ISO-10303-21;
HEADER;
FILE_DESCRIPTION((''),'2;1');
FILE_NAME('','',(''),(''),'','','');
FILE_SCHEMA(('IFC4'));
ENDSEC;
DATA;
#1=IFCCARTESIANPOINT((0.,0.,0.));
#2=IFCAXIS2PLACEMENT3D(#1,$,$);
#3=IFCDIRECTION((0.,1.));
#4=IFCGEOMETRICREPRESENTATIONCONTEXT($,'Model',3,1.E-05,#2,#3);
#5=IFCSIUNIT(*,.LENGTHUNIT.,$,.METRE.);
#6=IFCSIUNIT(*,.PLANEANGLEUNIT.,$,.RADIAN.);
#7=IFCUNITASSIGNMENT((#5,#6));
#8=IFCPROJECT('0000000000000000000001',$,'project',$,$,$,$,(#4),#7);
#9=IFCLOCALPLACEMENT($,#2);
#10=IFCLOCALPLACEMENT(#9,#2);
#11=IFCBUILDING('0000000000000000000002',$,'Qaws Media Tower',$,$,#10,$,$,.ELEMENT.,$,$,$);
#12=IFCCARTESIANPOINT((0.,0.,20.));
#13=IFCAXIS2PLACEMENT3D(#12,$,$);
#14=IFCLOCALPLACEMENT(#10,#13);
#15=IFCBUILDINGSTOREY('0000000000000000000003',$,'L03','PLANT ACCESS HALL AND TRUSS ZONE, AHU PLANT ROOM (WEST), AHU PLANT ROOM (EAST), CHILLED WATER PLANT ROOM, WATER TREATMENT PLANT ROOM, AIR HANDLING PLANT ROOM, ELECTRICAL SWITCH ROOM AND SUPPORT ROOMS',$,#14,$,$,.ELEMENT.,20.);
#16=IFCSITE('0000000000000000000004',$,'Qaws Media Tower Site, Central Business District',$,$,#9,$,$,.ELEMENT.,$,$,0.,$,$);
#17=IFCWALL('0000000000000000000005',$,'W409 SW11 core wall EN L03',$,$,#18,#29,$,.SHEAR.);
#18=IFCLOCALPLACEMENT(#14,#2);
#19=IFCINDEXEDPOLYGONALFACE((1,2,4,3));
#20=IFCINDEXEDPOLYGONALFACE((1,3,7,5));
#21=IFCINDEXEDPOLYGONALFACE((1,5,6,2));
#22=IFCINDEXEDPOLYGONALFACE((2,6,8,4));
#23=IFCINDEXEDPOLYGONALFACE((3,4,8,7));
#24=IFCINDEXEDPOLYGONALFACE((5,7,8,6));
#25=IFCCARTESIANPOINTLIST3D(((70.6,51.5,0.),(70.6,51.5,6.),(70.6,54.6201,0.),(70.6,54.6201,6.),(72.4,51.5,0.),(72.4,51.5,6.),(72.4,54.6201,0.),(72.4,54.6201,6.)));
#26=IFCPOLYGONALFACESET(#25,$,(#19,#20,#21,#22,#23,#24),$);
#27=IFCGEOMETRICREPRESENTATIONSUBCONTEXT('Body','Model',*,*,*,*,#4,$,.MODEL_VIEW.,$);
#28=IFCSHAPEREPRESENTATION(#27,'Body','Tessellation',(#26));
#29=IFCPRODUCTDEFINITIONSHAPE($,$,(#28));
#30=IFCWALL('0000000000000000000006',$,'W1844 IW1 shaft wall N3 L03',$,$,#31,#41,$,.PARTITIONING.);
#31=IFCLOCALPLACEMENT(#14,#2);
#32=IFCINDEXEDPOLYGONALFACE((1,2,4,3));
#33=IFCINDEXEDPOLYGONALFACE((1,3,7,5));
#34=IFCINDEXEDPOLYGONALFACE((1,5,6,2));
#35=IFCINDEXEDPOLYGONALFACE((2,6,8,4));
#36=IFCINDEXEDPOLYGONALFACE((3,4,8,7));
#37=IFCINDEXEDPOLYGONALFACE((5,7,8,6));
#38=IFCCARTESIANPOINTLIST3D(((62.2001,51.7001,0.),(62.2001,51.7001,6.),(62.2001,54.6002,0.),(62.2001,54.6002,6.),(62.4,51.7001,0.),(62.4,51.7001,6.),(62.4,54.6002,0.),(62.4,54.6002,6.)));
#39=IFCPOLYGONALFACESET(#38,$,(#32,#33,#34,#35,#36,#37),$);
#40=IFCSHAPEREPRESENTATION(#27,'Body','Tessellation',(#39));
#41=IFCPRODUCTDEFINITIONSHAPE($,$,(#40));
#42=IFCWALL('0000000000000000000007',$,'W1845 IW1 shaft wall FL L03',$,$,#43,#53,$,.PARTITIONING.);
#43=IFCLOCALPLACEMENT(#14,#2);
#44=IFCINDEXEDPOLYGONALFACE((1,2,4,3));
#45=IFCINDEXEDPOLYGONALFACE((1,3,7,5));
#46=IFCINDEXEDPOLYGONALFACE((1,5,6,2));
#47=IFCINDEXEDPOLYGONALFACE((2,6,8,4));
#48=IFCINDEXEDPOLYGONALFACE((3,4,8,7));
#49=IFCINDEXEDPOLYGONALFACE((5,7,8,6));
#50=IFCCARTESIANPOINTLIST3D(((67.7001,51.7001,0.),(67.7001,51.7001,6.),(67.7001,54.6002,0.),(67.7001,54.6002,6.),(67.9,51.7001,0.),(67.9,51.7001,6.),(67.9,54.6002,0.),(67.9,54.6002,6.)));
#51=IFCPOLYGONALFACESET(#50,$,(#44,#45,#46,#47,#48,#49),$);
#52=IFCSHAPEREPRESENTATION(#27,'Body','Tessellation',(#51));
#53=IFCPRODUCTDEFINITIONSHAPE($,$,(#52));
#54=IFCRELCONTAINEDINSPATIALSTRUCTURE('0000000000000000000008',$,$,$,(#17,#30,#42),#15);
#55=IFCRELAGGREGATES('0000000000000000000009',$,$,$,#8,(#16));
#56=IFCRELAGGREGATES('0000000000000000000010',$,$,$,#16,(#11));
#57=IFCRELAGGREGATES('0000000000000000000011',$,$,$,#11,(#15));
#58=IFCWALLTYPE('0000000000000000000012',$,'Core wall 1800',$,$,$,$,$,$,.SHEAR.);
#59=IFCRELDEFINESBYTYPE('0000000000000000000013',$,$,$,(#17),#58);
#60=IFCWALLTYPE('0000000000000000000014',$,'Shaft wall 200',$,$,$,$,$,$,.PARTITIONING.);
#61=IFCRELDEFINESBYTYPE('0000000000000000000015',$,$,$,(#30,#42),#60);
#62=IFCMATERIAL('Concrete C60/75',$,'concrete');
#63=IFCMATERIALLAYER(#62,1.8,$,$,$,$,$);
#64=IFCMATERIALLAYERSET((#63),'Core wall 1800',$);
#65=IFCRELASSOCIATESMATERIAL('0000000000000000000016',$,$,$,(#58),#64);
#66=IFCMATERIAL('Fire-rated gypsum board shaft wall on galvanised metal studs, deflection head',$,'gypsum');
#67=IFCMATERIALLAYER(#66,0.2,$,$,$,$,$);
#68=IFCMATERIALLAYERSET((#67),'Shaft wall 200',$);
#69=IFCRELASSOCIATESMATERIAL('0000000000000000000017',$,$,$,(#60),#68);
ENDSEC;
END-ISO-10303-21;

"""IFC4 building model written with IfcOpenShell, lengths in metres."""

from ifc_helpers import new_model, si_unit, direction, frame, frame_2d, origin, place, context, subcontext, project, spatial, rectangle, extrude, material, layer, layer_set, type_object, element, save


model = new_model("IFC4")

# Units and contexts
model_context = context("Model", 3, precision=1e-05, world=origin(), true_north=direction((0.0, 1.0)))
body_context = subcontext(model_context, "Body", "Model", "MODEL_VIEW")
ifc_project = project(units=[si_unit("LENGTHUNIT", "METRE"), si_unit("PLANEANGLEUNIT", "RADIAN")], contexts=[model_context])

# Site, building, storey
site_placement = place(None, origin())
site = spatial("IfcSite", under=ifc_project, at=site_placement, Name="Qaws Media Tower Site, Central Business District", CompositionType="ELEMENT", RefElevation=0.0)
building_placement = place(site_placement, origin())
building = spatial("IfcBuilding", under=site, at=building_placement, Name="Qaws Media Tower", CompositionType="ELEMENT")
storey_placement = place(building_placement, frame((0.0, 0.0, 20.0)))
storey = spatial("IfcBuildingStorey", under=building, at=storey_placement, Name="L03", Description="PLANT ACCESS HALL AND TRUSS ZONE, AHU PLANT ROOM (WEST), AHU PLANT ROOM (EAST), CHILLED WATER PLANT ROOM, WATER TREATMENT PLANT ROOM, AIR HANDLING PLANT ROOM, ELECTRICAL SWITCH ROOM AND SUPPORT ROOMS", CompositionType="ELEMENT", Elevation=20.0)

# Walls
ifc_material_1 = material(Name="Concrete C60/75", Category="concrete")
ifc_layer_1 = layer(ifc_material_1, 1.8)
ifc_layer_set_1 = layer_set([ifc_layer_1], Name="Core wall 1800")
wall_type_1 = type_object("IfcWallType", Name="Core wall 1800", PredefinedType="SHEAR", material=ifc_layer_set_1)
wall_1_placement = place(storey_placement, frame((71.5, 51.5, 0.0), z_axis=(0.0, 0.0, 1.0), x_axis=(0.0, 1.0, 0.0)))
element("IfcWall", 1, at=wall_1_placement, inside=storey, type_object=wall_type_1, Name="W409 SW11 core wall EN L03", PredefinedType="SHEAR", context=body_context, shape_type="SweptSolid", body=[
    extrude(rectangle(XDim=3.1201, YDim=1.8, at=frame_2d((1.5601, 0.0))), origin(), (0.0, 0.0, 1.0), 6.0),
])
ifc_material_2 = material(Name="Fire-rated gypsum board shaft wall on galvanised metal studs, deflection head", Category="gypsum")
ifc_layer_2 = layer(ifc_material_2, 0.2)
ifc_layer_set_2 = layer_set([ifc_layer_2], Name="Shaft wall 200")
wall_type_2 = type_object("IfcWallType", Name="Shaft wall 200", PredefinedType="PARTITIONING", material=ifc_layer_set_2)
for number, where, z_axis, x_axis, name in (
    (2, (62.3, 51.7, 0.0), (0.0, 0.0, 1.0), (0.0, 1.0, 0.0), "W1844 IW1 shaft wall N3 L03"),
    (3, (67.8, 51.7, 0.0), (0.0, 0.0, 1.0), (0.0, 1.0, 0.0), "W1845 IW1 shaft wall FL L03"),
):
    element("IfcWall", number, at=place(storey_placement, frame(where, z_axis=z_axis, x_axis=x_axis)), inside=storey, type_object=wall_type_2, Name=name, PredefinedType="PARTITIONING", context=body_context, shape_type="SweptSolid", body=[
        extrude(rectangle(XDim=2.9001, YDim=0.2, at=frame_2d((1.4502, 0.0))), origin(), (0.0, 0.0, 1.0), 6.0),
    ])

save(model, "model.ifc")
